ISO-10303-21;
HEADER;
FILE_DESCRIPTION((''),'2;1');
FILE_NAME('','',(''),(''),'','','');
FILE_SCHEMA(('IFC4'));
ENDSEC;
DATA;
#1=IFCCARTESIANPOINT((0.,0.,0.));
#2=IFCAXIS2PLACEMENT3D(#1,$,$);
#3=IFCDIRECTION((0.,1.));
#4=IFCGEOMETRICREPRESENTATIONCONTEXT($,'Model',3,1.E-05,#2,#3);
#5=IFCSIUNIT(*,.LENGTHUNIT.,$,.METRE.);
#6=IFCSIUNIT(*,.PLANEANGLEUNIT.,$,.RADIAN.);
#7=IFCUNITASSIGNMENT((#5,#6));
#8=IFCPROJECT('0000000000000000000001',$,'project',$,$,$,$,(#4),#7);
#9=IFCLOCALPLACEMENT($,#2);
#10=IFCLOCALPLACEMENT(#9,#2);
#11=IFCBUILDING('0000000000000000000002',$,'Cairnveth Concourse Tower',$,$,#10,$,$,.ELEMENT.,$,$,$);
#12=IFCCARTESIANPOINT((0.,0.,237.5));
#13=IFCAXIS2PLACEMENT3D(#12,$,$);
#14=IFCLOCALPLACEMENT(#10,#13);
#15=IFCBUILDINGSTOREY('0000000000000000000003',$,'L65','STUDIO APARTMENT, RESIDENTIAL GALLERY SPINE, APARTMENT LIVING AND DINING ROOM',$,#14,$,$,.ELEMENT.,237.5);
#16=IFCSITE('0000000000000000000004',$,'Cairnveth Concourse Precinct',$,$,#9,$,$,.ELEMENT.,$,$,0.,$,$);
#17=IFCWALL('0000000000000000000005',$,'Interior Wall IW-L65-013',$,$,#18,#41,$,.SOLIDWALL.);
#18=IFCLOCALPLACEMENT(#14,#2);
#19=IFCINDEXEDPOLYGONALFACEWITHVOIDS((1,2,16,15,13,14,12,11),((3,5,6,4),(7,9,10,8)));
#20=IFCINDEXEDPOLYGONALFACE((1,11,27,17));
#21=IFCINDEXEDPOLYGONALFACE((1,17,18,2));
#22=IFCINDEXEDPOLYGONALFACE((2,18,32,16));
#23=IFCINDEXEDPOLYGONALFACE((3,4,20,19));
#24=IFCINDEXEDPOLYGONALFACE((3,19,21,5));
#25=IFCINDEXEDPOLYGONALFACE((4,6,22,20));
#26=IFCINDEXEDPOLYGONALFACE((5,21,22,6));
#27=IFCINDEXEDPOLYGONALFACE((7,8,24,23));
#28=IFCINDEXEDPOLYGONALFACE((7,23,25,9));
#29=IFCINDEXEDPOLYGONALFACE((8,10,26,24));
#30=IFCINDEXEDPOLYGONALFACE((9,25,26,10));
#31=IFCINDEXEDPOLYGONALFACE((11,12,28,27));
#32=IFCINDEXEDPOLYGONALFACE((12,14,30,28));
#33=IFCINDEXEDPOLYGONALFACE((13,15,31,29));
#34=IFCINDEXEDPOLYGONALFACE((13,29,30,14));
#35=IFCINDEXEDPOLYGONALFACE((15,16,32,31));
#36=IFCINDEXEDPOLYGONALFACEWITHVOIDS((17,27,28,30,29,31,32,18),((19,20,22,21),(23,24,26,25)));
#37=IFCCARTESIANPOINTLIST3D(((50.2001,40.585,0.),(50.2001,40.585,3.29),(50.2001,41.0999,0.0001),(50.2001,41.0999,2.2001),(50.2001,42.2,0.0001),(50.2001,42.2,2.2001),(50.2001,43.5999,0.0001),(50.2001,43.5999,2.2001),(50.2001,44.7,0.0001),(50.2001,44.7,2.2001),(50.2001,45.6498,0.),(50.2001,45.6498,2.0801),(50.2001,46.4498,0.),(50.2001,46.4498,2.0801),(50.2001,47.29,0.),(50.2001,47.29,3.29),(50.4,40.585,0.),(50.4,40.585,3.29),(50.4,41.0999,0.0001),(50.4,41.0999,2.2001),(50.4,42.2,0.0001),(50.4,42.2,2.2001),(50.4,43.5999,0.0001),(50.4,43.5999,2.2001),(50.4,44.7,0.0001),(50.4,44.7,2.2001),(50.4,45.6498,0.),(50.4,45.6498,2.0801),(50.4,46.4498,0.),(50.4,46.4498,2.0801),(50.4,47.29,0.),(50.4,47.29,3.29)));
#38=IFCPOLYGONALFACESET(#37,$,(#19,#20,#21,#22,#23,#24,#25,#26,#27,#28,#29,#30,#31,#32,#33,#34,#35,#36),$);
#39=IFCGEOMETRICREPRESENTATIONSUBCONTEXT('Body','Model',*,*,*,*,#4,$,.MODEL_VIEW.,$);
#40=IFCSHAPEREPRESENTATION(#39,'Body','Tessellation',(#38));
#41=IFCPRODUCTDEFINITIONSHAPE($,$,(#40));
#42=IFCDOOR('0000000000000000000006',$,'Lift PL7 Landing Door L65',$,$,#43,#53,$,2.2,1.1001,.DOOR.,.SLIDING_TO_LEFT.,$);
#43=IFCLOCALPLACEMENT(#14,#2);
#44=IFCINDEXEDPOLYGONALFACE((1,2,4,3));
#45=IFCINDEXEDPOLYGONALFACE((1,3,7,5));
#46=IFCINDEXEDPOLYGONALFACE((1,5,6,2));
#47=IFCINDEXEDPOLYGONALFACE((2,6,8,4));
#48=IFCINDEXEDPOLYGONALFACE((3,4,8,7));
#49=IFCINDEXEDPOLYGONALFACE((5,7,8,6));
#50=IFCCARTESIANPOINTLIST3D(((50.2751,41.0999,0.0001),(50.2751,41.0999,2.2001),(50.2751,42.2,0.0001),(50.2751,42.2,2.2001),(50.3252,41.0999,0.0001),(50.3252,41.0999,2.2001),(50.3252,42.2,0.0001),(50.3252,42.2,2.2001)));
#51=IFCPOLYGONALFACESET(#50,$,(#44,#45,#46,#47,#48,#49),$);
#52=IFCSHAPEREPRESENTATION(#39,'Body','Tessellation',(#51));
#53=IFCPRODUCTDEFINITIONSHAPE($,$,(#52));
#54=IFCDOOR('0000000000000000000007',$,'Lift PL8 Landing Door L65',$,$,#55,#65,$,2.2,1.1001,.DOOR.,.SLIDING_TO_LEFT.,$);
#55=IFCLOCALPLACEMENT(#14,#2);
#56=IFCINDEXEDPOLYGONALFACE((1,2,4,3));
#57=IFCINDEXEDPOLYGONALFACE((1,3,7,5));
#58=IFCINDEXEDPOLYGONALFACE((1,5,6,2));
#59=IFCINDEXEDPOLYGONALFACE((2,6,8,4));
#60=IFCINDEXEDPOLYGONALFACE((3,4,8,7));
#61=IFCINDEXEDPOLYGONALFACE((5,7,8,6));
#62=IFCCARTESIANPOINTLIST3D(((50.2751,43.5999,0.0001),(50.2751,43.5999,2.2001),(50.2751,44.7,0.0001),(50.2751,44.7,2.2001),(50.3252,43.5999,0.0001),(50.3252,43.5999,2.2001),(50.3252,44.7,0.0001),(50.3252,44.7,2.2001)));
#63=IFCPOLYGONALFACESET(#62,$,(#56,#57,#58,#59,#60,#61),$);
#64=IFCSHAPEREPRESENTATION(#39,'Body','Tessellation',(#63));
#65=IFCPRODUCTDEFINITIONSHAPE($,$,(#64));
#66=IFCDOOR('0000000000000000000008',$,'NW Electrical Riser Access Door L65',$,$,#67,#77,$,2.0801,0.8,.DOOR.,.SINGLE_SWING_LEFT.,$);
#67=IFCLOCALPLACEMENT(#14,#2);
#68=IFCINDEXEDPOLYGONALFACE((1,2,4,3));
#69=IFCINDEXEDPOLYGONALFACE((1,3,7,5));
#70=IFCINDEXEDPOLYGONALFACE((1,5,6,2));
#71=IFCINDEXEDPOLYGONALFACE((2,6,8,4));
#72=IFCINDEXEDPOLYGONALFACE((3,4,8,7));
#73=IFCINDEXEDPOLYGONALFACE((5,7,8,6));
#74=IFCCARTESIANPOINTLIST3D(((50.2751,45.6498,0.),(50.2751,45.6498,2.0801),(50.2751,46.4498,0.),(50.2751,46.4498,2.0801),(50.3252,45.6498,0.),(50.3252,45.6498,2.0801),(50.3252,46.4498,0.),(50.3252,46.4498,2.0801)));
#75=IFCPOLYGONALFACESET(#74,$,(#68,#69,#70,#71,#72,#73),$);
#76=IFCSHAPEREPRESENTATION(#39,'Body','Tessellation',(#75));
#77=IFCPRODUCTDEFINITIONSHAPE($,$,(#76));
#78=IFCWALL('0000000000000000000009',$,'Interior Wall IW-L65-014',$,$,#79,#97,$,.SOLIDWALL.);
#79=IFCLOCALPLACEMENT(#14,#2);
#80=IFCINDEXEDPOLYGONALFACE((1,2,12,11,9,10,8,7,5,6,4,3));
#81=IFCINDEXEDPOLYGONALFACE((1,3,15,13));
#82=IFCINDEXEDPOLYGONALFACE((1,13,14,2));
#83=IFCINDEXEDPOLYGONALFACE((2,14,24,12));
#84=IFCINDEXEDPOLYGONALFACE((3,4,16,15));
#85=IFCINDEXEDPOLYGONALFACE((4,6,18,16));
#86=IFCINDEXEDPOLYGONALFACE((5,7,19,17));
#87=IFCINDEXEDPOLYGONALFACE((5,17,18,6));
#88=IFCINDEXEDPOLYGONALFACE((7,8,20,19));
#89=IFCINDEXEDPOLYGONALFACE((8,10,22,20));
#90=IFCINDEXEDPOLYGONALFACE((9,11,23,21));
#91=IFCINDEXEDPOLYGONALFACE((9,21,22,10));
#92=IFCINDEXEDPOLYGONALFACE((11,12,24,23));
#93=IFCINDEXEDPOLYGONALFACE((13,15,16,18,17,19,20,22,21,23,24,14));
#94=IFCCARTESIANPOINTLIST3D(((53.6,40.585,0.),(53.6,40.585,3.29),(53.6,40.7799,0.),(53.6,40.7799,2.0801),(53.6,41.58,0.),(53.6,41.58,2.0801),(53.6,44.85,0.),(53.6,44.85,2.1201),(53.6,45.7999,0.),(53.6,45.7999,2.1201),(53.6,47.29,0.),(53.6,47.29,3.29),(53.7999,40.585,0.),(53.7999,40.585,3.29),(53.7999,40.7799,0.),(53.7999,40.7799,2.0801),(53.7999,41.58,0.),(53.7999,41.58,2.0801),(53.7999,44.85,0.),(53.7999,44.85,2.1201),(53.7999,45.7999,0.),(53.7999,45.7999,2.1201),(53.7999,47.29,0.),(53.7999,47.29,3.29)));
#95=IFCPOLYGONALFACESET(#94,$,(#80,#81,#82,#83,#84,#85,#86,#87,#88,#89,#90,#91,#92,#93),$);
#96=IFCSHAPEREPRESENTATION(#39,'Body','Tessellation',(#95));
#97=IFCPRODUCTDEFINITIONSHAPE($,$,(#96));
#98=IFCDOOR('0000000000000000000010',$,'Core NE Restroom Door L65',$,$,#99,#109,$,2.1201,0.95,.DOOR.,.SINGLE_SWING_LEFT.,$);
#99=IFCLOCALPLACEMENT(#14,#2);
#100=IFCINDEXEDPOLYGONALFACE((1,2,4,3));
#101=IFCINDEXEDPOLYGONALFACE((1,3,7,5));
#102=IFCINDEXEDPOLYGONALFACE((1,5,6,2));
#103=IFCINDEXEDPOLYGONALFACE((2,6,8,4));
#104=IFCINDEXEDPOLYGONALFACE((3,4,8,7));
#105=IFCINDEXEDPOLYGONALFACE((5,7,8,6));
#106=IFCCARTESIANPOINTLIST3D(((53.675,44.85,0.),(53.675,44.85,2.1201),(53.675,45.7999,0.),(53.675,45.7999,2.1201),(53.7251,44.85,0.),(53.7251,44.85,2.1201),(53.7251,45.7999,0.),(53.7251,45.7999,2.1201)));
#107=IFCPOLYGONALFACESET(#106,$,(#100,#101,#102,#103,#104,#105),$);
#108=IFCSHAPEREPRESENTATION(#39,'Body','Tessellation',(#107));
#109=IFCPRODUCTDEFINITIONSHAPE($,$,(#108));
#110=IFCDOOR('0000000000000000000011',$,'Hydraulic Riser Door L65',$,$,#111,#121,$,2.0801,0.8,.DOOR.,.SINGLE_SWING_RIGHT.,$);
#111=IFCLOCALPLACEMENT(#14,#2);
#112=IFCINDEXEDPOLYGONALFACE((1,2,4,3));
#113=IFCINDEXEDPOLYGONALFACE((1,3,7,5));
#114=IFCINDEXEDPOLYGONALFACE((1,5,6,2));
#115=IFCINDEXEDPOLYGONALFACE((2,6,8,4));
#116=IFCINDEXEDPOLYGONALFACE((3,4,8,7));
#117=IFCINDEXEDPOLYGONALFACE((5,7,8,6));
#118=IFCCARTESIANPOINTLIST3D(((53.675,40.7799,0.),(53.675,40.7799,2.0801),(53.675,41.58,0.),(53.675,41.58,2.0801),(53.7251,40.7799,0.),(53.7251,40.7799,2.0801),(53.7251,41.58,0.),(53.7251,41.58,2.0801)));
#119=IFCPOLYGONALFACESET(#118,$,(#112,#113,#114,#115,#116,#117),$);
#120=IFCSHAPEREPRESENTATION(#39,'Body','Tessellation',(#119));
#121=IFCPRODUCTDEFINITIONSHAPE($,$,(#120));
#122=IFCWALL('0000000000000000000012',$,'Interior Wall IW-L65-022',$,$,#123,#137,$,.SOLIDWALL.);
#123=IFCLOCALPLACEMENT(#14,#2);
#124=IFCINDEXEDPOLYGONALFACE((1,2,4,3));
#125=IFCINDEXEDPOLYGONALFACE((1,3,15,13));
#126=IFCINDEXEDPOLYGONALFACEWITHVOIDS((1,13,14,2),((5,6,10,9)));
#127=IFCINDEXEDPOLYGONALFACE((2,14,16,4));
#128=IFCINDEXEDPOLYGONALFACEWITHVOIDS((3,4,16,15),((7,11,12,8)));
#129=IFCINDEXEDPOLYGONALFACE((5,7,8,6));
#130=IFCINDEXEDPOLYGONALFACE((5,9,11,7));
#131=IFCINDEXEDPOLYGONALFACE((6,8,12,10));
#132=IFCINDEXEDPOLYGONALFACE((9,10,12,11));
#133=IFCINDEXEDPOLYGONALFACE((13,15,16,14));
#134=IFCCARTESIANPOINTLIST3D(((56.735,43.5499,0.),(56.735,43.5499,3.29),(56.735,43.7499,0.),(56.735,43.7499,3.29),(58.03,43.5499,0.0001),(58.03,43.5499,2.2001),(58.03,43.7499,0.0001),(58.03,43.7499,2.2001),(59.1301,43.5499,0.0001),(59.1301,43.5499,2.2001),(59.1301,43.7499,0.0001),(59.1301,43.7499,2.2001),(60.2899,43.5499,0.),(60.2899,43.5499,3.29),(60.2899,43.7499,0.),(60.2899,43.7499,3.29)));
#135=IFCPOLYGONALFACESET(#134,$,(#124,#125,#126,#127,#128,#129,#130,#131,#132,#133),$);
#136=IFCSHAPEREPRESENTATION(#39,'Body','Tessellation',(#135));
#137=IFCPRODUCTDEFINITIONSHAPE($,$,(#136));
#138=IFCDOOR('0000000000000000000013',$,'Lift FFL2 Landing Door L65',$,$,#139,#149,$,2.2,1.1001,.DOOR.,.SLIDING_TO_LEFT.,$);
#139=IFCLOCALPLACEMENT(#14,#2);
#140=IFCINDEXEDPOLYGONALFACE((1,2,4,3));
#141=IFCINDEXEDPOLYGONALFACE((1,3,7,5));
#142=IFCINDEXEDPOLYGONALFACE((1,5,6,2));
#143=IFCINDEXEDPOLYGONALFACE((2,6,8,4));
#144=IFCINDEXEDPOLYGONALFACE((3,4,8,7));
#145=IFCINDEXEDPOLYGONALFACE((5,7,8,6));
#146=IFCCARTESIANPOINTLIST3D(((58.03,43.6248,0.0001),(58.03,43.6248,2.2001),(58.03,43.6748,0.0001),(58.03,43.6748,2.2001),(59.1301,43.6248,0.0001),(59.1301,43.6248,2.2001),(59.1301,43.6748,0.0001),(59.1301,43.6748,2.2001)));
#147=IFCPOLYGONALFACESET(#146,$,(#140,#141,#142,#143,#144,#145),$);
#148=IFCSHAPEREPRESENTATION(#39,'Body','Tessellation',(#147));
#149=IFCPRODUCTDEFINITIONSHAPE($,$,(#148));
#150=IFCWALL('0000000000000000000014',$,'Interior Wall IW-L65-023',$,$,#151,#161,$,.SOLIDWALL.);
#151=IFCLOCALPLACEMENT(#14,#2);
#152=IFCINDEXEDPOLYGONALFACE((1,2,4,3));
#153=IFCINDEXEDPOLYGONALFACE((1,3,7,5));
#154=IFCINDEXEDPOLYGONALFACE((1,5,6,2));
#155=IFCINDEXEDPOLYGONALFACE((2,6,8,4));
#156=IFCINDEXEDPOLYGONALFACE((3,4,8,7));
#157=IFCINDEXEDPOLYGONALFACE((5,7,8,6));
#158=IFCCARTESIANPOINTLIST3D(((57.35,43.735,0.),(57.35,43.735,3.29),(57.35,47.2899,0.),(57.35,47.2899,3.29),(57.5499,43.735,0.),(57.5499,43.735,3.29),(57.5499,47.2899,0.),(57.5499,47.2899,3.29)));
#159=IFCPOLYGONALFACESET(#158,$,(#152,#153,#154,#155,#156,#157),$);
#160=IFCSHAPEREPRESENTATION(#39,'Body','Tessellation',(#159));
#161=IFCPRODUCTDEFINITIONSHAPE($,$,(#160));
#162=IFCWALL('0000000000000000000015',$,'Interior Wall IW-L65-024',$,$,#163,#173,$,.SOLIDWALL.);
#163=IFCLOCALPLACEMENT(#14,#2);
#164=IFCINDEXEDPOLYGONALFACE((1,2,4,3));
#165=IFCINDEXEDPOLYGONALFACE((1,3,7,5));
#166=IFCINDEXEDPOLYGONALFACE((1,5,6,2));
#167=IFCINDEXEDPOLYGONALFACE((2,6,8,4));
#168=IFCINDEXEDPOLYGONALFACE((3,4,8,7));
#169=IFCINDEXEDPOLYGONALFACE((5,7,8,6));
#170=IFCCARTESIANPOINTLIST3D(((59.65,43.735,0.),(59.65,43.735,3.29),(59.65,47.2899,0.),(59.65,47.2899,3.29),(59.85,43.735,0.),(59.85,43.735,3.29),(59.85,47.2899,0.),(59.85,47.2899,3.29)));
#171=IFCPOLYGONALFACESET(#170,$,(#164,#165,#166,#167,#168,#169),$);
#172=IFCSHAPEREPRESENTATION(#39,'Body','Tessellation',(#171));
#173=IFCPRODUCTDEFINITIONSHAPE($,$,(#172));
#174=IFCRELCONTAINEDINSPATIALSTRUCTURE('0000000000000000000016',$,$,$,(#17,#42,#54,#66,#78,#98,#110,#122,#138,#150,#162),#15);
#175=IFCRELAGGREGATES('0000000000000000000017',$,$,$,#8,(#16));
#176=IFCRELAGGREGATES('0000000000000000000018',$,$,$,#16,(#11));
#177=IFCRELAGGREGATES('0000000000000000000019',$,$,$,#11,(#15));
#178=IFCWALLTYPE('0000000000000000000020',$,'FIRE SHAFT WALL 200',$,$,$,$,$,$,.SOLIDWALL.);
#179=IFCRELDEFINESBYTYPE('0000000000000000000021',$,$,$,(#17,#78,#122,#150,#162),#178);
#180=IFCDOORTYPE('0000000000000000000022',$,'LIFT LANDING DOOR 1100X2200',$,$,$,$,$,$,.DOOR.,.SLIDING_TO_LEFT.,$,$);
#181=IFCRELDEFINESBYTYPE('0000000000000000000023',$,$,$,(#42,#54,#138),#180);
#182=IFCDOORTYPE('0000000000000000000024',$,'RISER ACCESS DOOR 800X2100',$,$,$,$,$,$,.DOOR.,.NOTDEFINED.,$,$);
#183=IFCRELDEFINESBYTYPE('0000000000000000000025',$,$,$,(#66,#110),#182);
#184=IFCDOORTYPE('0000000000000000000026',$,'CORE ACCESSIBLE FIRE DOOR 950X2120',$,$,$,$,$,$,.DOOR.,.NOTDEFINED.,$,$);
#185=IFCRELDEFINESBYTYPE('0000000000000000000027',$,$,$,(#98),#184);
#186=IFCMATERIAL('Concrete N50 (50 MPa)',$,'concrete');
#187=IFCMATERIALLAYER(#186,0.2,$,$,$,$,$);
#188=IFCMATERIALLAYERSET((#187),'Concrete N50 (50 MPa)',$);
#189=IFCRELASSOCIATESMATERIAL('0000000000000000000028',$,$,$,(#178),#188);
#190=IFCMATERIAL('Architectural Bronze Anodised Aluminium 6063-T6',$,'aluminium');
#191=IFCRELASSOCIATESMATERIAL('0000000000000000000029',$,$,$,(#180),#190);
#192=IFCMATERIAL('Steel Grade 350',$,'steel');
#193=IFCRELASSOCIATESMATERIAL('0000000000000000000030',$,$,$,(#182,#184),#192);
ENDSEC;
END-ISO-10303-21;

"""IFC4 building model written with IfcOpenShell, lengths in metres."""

from ifc_helpers import new_model, si_unit, direction, frame, frame_2d, origin, place, context, subcontext, project, spatial, rectangle, extrude, material, layer, layer_set, type_object, element, fill, save


model = new_model("IFC4")

# Units and contexts
model_context = context("Model", 3, precision=1e-05, world=origin(), true_north=direction((0.0, 1.0)))
body_context = subcontext(model_context, "Body", "Model", "MODEL_VIEW")
ifc_project = project(units=[si_unit("LENGTHUNIT", "METRE"), si_unit("PLANEANGLEUNIT", "RADIAN")], contexts=[model_context])

# Site, building, storey
site_placement = place(None, origin())
site = spatial("IfcSite", under=ifc_project, at=site_placement, Name="Cairnveth Concourse Precinct", CompositionType="ELEMENT", RefElevation=0.0)
building_placement = place(site_placement, origin())
building = spatial("IfcBuilding", under=site, at=building_placement, Name="Cairnveth Concourse Tower", CompositionType="ELEMENT")
storey_placement = place(building_placement, frame((0.0, 0.0, 237.5)))
storey = spatial("IfcBuildingStorey", under=building, at=storey_placement, Name="L65", Description="STUDIO APARTMENT, RESIDENTIAL GALLERY SPINE, APARTMENT LIVING AND DINING ROOM", CompositionType="ELEMENT", Elevation=237.5)

# Shared definitions
ifc_material_1 = material(Name="Steel Grade 350", Category="steel")

# Shared definitions
ifc_material_2 = material(Name="Concrete N50 (50 MPa)", Category="concrete")
ifc_layer_1 = layer(ifc_material_2, 0.2)
ifc_layer_set_1 = layer_set([ifc_layer_1], Name="Concrete N50 (50 MPa)")
wall_type_1 = type_object("IfcWallType", Name="FIRE SHAFT WALL 200", PredefinedType="SOLIDWALL", material=ifc_layer_set_1)

# Walls, openings, doors
wall_1_placement = place(storey_placement, frame((50.3, 40.585, 0.0), z_axis=(0.0, 0.0, 1.0), x_axis=(0.0, 1.0, 0.0)))
wall_1 = element("IfcWall", 1, at=wall_1_placement, inside=storey, type_object=wall_type_1, Name="Interior Wall IW-L65-013", PredefinedType="SOLIDWALL", context=body_context, shape_type="SweptSolid", body=[
    extrude(rectangle(XDim=6.7051, YDim=0.2, at=frame_2d((3.3525, 0.0))), origin(), (0.0, 0.0, 1.0), 3.29),
])
opening_1_placement = place(wall_1_placement, frame((0.5149, 0.0, 0.0)))
opening_1 = element("IfcOpeningElement", 2, at=opening_1_placement, cuts=wall_1, PredefinedType="OPENING", context=body_context, shape_type="SweptSolid", body=[
    extrude(rectangle(XDim=1.1001, YDim=2.2, at=frame_2d((0.55, 1.1001))), frame((0.0, 0.1099, 0.0), z_axis=(0.0, -1.0, 0.0), x_axis=(1.0, 0.0, 0.0)), (0.0, 0.0, 1.0), 0.22),
])
opening_2_placement = place(wall_1_placement, frame((3.0149, 0.0, 0.0)))
opening_2 = element("IfcOpeningElement", 3, at=opening_2_placement, cuts=wall_1, PredefinedType="OPENING", context=body_context, shape_type="SweptSolid", body=[
    extrude(rectangle(XDim=1.1001, YDim=2.2, at=frame_2d((0.55, 1.1001))), frame((0.0, 0.1099, 0.0), z_axis=(0.0, -1.0, 0.0), x_axis=(1.0, 0.0, 0.0)), (0.0, 0.0, 1.0), 0.22),
])
opening_3_placement = place(wall_1_placement, frame((5.0649, 0.0, 0.0)))
opening_3 = element("IfcOpeningElement", 4, at=opening_3_placement, cuts=wall_1, PredefinedType="OPENING", context=body_context, shape_type="SweptSolid", body=[
    extrude(rectangle(XDim=0.8, YDim=2.0801, at=frame_2d((0.3999, 1.04))), frame((0.0, 0.1099, 0.0), z_axis=(0.0, -1.0, 0.0), x_axis=(1.0, 0.0, 0.0)), (0.0, 0.0, 1.0), 0.22),
])
ifc_material_3 = material(Name="Architectural Bronze Anodised Aluminium 6063-T6", Category="aluminium")
door_type_1 = type_object("IfcDoorType", Name="LIFT LANDING DOOR 1100X2200", OperationType="SLIDING_TO_LEFT", PredefinedType="DOOR", material=ifc_material_3)
door_1_placement = place(opening_1_placement, origin())
door_1 = element("IfcDoor", 5, at=door_1_placement, inside=storey, type_object=door_type_1, Name="Lift PL7 Landing Door L65", OperationType="SLIDING_TO_LEFT", OverallHeight=2.2, OverallWidth=1.1001, PredefinedType="DOOR", context=body_context, shape_type="SweptSolid", body=[
    extrude(rectangle(XDim=1.1001, YDim=2.2, at=frame_2d((0.55, 1.1001))), frame((0.0, 0.0249, 0.0), z_axis=(0.0, -1.0, 0.0), x_axis=(1.0, 0.0, 0.0)), (0.0, 0.0, 1.0), 0.05),
])
fill(opening_1, door_1)
door_2_placement = place(opening_2_placement, origin())
door_2 = element("IfcDoor", 6, at=door_2_placement, inside=storey, type_object=door_type_1, Name="Lift PL8 Landing Door L65", OperationType="SLIDING_TO_LEFT", OverallHeight=2.2, OverallWidth=1.1001, PredefinedType="DOOR", context=body_context, shape_type="SweptSolid", body=[
    extrude(rectangle(XDim=1.1001, YDim=2.2, at=frame_2d((0.55, 1.1001))), frame((0.0, 0.0249, 0.0), z_axis=(0.0, -1.0, 0.0), x_axis=(1.0, 0.0, 0.0)), (0.0, 0.0, 1.0), 0.05),
])
fill(opening_2, door_2)
door_type_2 = type_object("IfcDoorType", Name="RISER ACCESS DOOR 800X2100", OperationType="NOTDEFINED", PredefinedType="DOOR", material=ifc_material_1)
door_3_placement = place(opening_3_placement, origin())
door_3 = element("IfcDoor", 7, at=door_3_placement, inside=storey, type_object=door_type_2, Name="NW Electrical Riser Access Door L65", OperationType="SINGLE_SWING_LEFT", OverallHeight=2.0801, OverallWidth=0.8, PredefinedType="DOOR", context=body_context, shape_type="SweptSolid", body=[
    extrude(rectangle(XDim=0.8, YDim=2.0801, at=frame_2d((0.3999, 1.04))), frame((0.0, 0.0249, 0.0), z_axis=(0.0, -1.0, 0.0), x_axis=(1.0, 0.0, 0.0)), (0.0, 0.0, 1.0), 0.05),
])
fill(opening_3, door_3)
wall_2_placement = place(storey_placement, frame((53.7, 40.585, 0.0), z_axis=(0.0, 0.0, 1.0), x_axis=(0.0, 1.0, 0.0)))
wall_2 = element("IfcWall", 8, at=wall_2_placement, inside=storey, type_object=wall_type_1, Name="Interior Wall IW-L65-014", PredefinedType="SOLIDWALL", context=body_context, shape_type="SweptSolid", body=[
    extrude(rectangle(XDim=6.7051, YDim=0.2, at=frame_2d((3.3525, 0.0))), origin(), (0.0, 0.0, 1.0), 3.29),
])
opening_4_placement = place(wall_2_placement, frame((0.1951, 0.0, 0.0)))
opening_4 = element("IfcOpeningElement", 9, at=opening_4_placement, cuts=wall_2, PredefinedType="OPENING", context=body_context, shape_type="SweptSolid", body=[
    extrude(rectangle(XDim=0.8, YDim=2.0801, at=frame_2d((0.3999, 1.04))), frame((0.0, 0.1099, 0.0), z_axis=(0.0, -1.0, 0.0), x_axis=(1.0, 0.0, 0.0)), (0.0, 0.0, 1.0), 0.22),
])
opening_5_placement = place(wall_2_placement, frame((4.2649, 0.0, 0.0)))
opening_5 = element("IfcOpeningElement", 10, at=opening_5_placement, cuts=wall_2, PredefinedType="OPENING", context=body_context, shape_type="SweptSolid", body=[
    extrude(rectangle(XDim=0.95, YDim=2.1201, at=frame_2d((0.4751, 1.0601))), frame((0.0, 0.1099, 0.0), z_axis=(0.0, -1.0, 0.0), x_axis=(1.0, 0.0, 0.0)), (0.0, 0.0, 1.0), 0.22),
])
door_type_3 = type_object("IfcDoorType", Name="CORE ACCESSIBLE FIRE DOOR 950X2120", OperationType="NOTDEFINED", PredefinedType="DOOR", material=ifc_material_1)
door_4_placement = place(opening_5_placement, origin())
door_4 = element("IfcDoor", 11, at=door_4_placement, inside=storey, type_object=door_type_3, Name="Core NE Restroom Door L65", OperationType="SINGLE_SWING_LEFT", OverallHeight=2.1201, OverallWidth=0.95, PredefinedType="DOOR", context=body_context, shape_type="SweptSolid", body=[
    extrude(rectangle(XDim=0.95, YDim=2.1201, at=frame_2d((0.4751, 1.0601))), frame((0.0, 0.0249, 0.0), z_axis=(0.0, -1.0, 0.0), x_axis=(1.0, 0.0, 0.0)), (0.0, 0.0, 1.0), 0.05),
])
fill(opening_5, door_4)
door_5_placement = place(opening_4_placement, origin())
door_5 = element("IfcDoor", 12, at=door_5_placement, inside=storey, type_object=door_type_2, Name="Hydraulic Riser Door L65", OperationType="SINGLE_SWING_RIGHT", OverallHeight=2.0801, OverallWidth=0.8, PredefinedType="DOOR", context=body_context, shape_type="SweptSolid", body=[
    extrude(rectangle(XDim=0.8, YDim=2.0801, at=frame_2d((0.3999, 1.04))), frame((0.0, 0.0249, 0.0), z_axis=(0.0, -1.0, 0.0), x_axis=(1.0, 0.0, 0.0)), (0.0, 0.0, 1.0), 0.05),
])
fill(opening_4, door_5)

# Wall, opening, door
wall_3_placement = place(storey_placement, frame((56.7351, 43.6499, 0.0), z_axis=(0.0, 0.0, 1.0), x_axis=(1.0, 0.0, 0.0)))
wall_3 = element("IfcWall", 13, at=wall_3_placement, inside=storey, type_object=wall_type_1, Name="Interior Wall IW-L65-022", PredefinedType="SOLIDWALL", context=body_context, shape_type="SweptSolid", body=[
    extrude(rectangle(XDim=3.5549, YDim=0.2, at=frame_2d((1.7773, 0.0))), origin(), (0.0, 0.0, 1.0), 3.29),
])
opening_6_placement = place(wall_3_placement, frame((1.2949, 0.0, 0.0)))
opening_6 = element("IfcOpeningElement", 14, at=opening_6_placement, cuts=wall_3, PredefinedType="OPENING", context=body_context, shape_type="SweptSolid", body=[
    extrude(rectangle(XDim=1.1001, YDim=2.2, at=frame_2d((0.55, 1.1001))), frame((0.0, 0.1099, 0.0), z_axis=(0.0, -1.0, 0.0), x_axis=(1.0, 0.0, 0.0)), (0.0, 0.0, 1.0), 0.22),
])
door_6_placement = place(opening_6_placement, origin())
door_6 = element("IfcDoor", 15, at=door_6_placement, inside=storey, type_object=door_type_1, Name="Lift FFL2 Landing Door L65", OperationType="SLIDING_TO_LEFT", OverallHeight=2.2, OverallWidth=1.1001, PredefinedType="DOOR", context=body_context, shape_type="SweptSolid", body=[
    extrude(rectangle(XDim=1.1001, YDim=2.2, at=frame_2d((0.55, 1.1001))), frame((0.0, 0.0249, 0.0), z_axis=(0.0, -1.0, 0.0), x_axis=(1.0, 0.0, 0.0)), (0.0, 0.0, 1.0), 0.05),
])
fill(opening_6, door_6)

# Walls
for number, where, z_axis, x_axis, name in (
    (16, (57.45, 43.7351, 0.0), (0.0, 0.0, 1.0), (0.0, 1.0, 0.0), "Interior Wall IW-L65-023"),
    (17, (59.75, 43.7351, 0.0), (0.0, 0.0, 1.0), (0.0, 1.0, 0.0), "Interior Wall IW-L65-024"),
):
    element("IfcWall", number, at=place(storey_placement, frame(where, z_axis=z_axis, x_axis=x_axis)), inside=storey, type_object=wall_type_1, Name=name, PredefinedType="SOLIDWALL", context=body_context, shape_type="SweptSolid", body=[
        extrude(rectangle(XDim=3.5549, YDim=0.2, at=frame_2d((1.7773, 0.0))), origin(), (0.0, 0.0, 1.0), 3.29),
    ])

save(model, "model.ifc")
